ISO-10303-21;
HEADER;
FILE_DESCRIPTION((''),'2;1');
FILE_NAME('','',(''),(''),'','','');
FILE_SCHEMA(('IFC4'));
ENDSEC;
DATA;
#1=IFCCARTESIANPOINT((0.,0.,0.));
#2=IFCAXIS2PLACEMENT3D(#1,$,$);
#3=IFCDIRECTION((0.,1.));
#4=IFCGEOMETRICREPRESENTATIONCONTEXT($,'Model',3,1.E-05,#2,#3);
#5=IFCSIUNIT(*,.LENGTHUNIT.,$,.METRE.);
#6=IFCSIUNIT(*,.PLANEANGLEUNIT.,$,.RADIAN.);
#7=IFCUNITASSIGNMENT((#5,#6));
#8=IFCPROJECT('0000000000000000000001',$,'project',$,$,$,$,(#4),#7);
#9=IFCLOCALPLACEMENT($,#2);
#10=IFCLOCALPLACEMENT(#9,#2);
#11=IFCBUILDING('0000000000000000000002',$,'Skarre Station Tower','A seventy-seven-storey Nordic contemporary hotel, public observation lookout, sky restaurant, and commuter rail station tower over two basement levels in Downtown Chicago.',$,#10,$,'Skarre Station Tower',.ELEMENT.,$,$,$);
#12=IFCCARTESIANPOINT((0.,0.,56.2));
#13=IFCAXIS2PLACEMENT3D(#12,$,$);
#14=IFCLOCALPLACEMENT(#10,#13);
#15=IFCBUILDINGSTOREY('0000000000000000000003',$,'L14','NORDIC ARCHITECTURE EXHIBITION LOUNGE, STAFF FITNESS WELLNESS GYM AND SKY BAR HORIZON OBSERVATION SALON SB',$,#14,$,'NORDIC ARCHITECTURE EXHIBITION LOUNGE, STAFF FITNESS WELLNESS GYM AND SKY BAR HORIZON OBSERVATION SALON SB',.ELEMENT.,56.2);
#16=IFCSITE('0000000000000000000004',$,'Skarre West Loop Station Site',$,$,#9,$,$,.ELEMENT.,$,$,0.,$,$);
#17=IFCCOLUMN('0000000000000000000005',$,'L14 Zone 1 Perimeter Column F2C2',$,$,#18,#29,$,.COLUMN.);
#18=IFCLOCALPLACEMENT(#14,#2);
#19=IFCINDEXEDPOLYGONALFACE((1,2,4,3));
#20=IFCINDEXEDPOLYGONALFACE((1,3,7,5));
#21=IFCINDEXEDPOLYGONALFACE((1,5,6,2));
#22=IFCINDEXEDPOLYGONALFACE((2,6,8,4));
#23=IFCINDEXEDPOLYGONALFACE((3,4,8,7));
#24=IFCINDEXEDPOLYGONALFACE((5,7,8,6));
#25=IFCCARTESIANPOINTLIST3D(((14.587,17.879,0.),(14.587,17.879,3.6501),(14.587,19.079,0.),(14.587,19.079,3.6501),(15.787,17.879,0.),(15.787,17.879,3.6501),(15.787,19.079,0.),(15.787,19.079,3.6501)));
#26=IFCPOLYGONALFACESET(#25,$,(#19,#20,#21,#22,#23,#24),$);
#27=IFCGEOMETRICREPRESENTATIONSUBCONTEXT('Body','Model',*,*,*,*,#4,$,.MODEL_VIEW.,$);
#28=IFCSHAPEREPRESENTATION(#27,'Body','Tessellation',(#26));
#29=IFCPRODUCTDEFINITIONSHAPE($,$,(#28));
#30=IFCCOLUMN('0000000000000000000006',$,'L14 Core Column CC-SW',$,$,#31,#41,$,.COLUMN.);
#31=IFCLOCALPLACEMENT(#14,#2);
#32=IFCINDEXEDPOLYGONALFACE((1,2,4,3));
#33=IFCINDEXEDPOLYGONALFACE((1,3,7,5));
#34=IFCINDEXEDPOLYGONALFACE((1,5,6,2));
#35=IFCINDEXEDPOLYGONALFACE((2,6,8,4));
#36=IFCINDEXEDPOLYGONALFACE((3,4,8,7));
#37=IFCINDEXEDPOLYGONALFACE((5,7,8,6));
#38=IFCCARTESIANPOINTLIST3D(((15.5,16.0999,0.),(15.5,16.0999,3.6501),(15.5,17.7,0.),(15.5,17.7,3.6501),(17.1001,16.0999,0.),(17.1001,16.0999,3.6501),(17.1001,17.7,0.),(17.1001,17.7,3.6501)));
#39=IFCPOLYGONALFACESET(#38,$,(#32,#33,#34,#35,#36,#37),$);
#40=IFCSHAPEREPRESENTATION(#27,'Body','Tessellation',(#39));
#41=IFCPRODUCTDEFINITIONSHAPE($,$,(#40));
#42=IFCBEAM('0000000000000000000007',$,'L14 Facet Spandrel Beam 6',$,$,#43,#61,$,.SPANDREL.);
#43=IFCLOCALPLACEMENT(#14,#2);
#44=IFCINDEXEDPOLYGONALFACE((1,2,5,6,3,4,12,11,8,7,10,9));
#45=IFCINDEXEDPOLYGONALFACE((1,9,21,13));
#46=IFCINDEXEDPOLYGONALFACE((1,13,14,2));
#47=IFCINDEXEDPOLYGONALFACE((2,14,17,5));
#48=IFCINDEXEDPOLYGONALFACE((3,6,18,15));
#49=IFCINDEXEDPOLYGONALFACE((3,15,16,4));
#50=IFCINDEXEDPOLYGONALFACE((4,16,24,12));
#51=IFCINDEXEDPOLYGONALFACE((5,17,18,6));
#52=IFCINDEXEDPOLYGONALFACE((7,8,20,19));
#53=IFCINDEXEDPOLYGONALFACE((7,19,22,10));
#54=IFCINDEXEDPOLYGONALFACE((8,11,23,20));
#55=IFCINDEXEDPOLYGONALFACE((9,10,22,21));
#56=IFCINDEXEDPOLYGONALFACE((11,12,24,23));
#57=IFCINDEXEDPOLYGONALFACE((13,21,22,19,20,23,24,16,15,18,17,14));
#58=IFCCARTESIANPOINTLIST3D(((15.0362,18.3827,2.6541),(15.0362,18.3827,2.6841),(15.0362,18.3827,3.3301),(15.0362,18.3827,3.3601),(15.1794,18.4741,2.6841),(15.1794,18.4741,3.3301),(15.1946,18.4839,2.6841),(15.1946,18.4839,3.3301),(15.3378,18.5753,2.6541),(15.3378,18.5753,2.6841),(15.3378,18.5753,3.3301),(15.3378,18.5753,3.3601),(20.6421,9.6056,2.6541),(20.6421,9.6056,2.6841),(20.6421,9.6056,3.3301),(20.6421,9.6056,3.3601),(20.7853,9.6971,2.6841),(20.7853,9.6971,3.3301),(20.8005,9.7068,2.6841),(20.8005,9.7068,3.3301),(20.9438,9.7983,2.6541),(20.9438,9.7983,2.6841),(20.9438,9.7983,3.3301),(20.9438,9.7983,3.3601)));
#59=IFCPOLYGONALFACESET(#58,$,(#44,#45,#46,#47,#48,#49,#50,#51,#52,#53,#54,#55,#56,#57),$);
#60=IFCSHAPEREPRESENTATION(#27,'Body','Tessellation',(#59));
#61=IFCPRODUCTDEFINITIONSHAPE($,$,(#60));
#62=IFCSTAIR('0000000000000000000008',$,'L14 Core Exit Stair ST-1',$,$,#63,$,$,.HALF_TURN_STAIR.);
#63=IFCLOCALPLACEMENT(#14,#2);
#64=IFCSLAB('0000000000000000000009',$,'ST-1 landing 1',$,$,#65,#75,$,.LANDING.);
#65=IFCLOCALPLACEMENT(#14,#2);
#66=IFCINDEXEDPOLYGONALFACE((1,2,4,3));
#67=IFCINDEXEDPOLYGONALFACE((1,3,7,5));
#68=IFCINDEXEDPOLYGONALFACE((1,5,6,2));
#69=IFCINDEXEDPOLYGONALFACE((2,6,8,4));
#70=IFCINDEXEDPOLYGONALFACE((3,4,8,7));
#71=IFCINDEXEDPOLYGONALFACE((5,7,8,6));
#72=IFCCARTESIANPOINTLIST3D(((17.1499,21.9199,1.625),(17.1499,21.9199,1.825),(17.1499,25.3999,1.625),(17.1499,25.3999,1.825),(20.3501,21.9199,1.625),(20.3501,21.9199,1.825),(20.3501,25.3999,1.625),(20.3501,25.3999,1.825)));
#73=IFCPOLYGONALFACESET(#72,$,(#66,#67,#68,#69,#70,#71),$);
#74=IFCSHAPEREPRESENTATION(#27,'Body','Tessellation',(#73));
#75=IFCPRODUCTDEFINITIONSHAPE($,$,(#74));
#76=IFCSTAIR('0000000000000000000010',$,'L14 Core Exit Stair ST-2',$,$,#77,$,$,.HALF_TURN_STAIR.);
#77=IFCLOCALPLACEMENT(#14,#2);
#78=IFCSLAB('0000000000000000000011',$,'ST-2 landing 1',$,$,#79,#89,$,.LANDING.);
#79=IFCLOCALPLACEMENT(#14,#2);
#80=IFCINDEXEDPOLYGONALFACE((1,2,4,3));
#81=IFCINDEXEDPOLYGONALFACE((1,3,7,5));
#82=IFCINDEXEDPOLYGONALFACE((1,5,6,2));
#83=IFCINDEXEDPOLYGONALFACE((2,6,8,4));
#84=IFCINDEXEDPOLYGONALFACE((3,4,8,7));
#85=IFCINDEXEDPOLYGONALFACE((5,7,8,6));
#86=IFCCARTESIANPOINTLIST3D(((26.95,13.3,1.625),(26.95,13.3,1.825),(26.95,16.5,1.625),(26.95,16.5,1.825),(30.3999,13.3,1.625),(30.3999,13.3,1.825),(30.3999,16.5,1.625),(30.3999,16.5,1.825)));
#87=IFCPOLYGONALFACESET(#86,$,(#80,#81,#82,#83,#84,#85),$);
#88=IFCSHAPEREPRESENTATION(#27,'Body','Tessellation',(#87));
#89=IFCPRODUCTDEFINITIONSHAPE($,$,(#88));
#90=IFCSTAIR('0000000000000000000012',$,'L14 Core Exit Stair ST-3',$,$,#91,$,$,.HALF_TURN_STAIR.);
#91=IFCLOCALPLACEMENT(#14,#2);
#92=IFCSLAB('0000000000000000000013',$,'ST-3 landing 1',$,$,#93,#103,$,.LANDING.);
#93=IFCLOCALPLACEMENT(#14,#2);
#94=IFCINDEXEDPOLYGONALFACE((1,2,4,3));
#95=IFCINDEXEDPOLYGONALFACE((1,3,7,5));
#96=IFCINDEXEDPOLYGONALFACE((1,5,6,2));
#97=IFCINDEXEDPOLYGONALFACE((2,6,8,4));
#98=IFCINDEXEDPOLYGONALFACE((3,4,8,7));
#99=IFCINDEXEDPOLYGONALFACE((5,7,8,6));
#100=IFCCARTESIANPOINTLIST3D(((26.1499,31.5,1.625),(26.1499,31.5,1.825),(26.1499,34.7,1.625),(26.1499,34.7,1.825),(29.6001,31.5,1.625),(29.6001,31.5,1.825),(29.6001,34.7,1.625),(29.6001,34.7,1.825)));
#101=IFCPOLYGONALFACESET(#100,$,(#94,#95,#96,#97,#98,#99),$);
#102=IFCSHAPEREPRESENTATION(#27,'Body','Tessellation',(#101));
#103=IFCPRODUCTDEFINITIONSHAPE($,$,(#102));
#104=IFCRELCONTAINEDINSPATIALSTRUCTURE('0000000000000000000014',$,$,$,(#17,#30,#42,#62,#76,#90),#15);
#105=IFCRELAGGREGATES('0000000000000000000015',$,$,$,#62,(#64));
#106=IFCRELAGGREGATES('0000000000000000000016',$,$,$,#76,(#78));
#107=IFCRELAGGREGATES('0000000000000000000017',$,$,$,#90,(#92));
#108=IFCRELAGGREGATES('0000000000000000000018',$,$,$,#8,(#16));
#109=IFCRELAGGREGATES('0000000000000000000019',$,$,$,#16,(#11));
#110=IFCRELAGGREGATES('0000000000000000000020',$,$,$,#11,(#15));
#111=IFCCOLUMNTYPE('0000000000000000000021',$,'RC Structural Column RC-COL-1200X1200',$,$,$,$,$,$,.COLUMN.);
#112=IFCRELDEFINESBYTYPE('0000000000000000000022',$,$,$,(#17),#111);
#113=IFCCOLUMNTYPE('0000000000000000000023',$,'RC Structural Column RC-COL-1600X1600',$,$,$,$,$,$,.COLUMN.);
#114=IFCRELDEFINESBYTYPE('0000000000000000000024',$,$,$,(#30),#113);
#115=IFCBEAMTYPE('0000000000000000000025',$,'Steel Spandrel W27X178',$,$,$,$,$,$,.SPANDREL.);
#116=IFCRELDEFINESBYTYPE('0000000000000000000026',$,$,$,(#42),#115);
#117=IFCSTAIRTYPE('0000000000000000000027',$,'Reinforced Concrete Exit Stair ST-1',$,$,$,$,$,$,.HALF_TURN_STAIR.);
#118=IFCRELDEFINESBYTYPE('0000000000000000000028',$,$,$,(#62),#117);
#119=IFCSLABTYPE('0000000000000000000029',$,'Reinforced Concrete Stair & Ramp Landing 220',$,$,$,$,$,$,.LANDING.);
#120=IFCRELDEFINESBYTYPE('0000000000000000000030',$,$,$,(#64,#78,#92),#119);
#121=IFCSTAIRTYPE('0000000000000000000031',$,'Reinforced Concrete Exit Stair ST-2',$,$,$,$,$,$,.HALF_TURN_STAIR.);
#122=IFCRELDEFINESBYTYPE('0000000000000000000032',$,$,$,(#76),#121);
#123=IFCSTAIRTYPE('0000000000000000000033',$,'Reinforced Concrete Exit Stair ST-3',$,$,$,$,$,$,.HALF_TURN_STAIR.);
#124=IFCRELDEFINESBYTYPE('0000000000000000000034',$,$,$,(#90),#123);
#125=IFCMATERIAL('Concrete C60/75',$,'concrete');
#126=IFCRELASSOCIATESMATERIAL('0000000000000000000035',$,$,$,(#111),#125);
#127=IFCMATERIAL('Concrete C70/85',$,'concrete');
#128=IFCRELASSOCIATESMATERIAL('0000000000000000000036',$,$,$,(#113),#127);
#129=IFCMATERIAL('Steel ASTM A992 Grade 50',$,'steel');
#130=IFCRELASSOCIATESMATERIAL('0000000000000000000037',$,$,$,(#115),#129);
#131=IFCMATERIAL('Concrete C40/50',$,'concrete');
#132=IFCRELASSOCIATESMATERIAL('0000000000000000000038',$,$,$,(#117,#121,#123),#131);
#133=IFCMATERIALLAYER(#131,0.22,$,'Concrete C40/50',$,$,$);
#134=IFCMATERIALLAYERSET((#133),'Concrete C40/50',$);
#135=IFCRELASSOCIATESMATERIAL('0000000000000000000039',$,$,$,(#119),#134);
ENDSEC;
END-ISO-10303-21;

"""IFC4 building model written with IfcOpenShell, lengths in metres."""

from ifc_helpers import new_model, si_unit, direction, frame, origin, origin_2d, place, context, subcontext, project, spatial, polyline, rectangle, i_section, outline, extrude, material, layer, layer_set, material_profile, profile_set, type_object, element, aggregate, save


model = new_model("IFC4")

# Units and contexts
model_context = context("Model", 3, precision=1e-05, world=origin(), true_north=direction((0.0, 1.0)))
body_context = subcontext(model_context, "Body", "Model", "MODEL_VIEW")
ifc_project = project(units=[si_unit("LENGTHUNIT", "METRE"), si_unit("PLANEANGLEUNIT", "RADIAN")], contexts=[model_context])

# Site, building, storey
site_placement = place(None, origin())
site = spatial("IfcSite", under=ifc_project, at=site_placement, Name="Skarre West Loop Station Site", CompositionType="ELEMENT", RefElevation=0.0)
building_placement = place(site_placement, origin())
building = spatial("IfcBuilding", under=site, at=building_placement, Name="Skarre Station Tower", Description="A seventy-seven-storey Nordic contemporary hotel, public observation lookout, sky restaurant, and commuter rail station tower over two basement levels in Downtown Chicago.", LongName="Skarre Station Tower", CompositionType="ELEMENT")
storey_placement = place(building_placement, frame((0.0, 0.0, 56.2)))
storey = spatial("IfcBuildingStorey", under=building, at=storey_placement, Name="L14", Description="NORDIC ARCHITECTURE EXHIBITION LOUNGE, STAFF FITNESS WELLNESS GYM AND SKY BAR HORIZON OBSERVATION SALON SB", LongName="NORDIC ARCHITECTURE EXHIBITION LOUNGE, STAFF FITNESS WELLNESS GYM AND SKY BAR HORIZON OBSERVATION SALON SB", CompositionType="ELEMENT", Elevation=56.2)

# Columns
ifc_material_1 = material(Name="Concrete C60/75", Category="concrete")
ifc_material_profile_1 = material_profile(ifc_material_1, rectangle(XDim=1.2, YDim=1.2, at=origin_2d()), Name="Concrete C60/75")
ifc_profile_set_1 = profile_set([ifc_material_profile_1], Name="Concrete C60/75")
column_type_1 = type_object("IfcColumnType", Name="RC Structural Column RC-COL-1200X1200", PredefinedType="COLUMN", material=ifc_profile_set_1)
column_1_placement = place(storey_placement, frame((15.187, 18.479, 0.0), z_axis=(0.0, 0.0, 1.0), x_axis=(1.0, 0.0, 0.0)))
element("IfcColumn", 1, at=column_1_placement, inside=storey, type_object=column_type_1, Name="L14 Zone 1 Perimeter Column F2C2", PredefinedType="COLUMN", context=body_context, shape_type="SweptSolid", body=[
    extrude(rectangle(XDim=1.2, YDim=1.2, at=origin_2d()), origin(), (0.0, 0.0, 1.0), 3.6501),
])
ifc_material_2 = material(Name="Concrete C70/85", Category="concrete")
ifc_material_profile_2 = material_profile(ifc_material_2, rectangle(XDim=1.6001, YDim=1.6001, at=origin_2d()), Name="Concrete C70/85")
ifc_profile_set_2 = profile_set([ifc_material_profile_2], Name="Concrete C70/85")
column_type_2 = type_object("IfcColumnType", Name="RC Structural Column RC-COL-1600X1600", PredefinedType="COLUMN", material=ifc_profile_set_2)
column_2_placement = place(storey_placement, frame((16.3, 16.8999, 0.0), z_axis=(0.0, 0.0, 1.0), x_axis=(1.0, 0.0, 0.0)))
element("IfcColumn", 2, at=column_2_placement, inside=storey, type_object=column_type_2, Name="L14 Core Column CC-SW", PredefinedType="COLUMN", context=body_context, shape_type="SweptSolid", body=[
    extrude(rectangle(XDim=1.6001, YDim=1.6001, at=origin_2d()), origin(), (0.0, 0.0, 1.0), 3.6501),
])

# Beam
ifc_material_3 = material(Name="Steel ASTM A992 Grade 50", Category="steel")
ifc_material_profile_3 = material_profile(ifc_material_3, i_section(OverallWidth=0.3579, OverallDepth=0.7061, WebThickness=0.0181, FlangeThickness=0.03, at=origin_2d()), Name="Steel ASTM A992 Grade 50")
ifc_profile_set_3 = profile_set([ifc_material_profile_3], Name="Steel ASTM A992 Grade 50")
beam_type = type_object("IfcBeamType", Name="Steel Spandrel W27X178", PredefinedType="SPANDREL", material=ifc_profile_set_3)
beam_placement = place(storey_placement, frame((15.187, 18.479, 3.0071), z_axis=(0.538278, -0.842767, 0.0), x_axis=(0.842767, 0.538278, 0.0)))
element("IfcBeam", 3, at=beam_placement, inside=storey, type_object=beam_type, Name="L14 Facet Spandrel Beam 6", PredefinedType="SPANDREL", context=body_context, shape_type="SweptSolid", body=[
    extrude(i_section(OverallWidth=0.3579, OverallDepth=0.7061, WebThickness=0.0181, FlangeThickness=0.03, at=origin_2d()), origin(), (0.0, 0.0, 1.0), 10.4146),
])

# Stairs, slabs
ifc_material_4 = material(Name="Concrete C40/50", Category="concrete")
stair_type_1 = type_object("IfcStairType", Name="Reinforced Concrete Exit Stair ST-1", PredefinedType="HALF_TURN_STAIR", material=ifc_material_4)
stair_1_placement = place(storey_placement, origin())
stair_1 = element("IfcStair", 4, at=stair_1_placement, inside=storey, type_object=stair_type_1, Name="L14 Core Exit Stair ST-1", PredefinedType="HALF_TURN_STAIR")
ifc_layer_1 = layer(ifc_material_4, 0.22, Name="Concrete C40/50")
ifc_layer_set_1 = layer_set([ifc_layer_1], Name="Concrete C40/50")
slab_type_1 = type_object("IfcSlabType", Name="Reinforced Concrete Stair & Ramp Landing 220", PredefinedType="LANDING", material=ifc_layer_set_1)
slab_1_placement = place(storey_placement, frame((0.0, 0.0, 1.625)))
slab_1 = element("IfcSlab", 5, at=slab_1_placement, type_object=slab_type_1, Name="ST-1 landing 1", PredefinedType="LANDING", context=body_context, shape_type="SweptSolid", body=[
    extrude(outline(polyline([(20.3501, 21.9199), (20.3501, 25.3999), (17.1499, 25.3999), (17.1499, 21.9199), (20.3501, 21.9199)])), origin(), (0.0, 0.0, 1.0), 0.2),
])
aggregate(stair_1, [slab_1])
stair_type_2 = type_object("IfcStairType", Name="Reinforced Concrete Exit Stair ST-2", PredefinedType="HALF_TURN_STAIR", material=ifc_material_4)
stair_2_placement = place(storey_placement, origin())
stair_2 = element("IfcStair", 6, at=stair_2_placement, inside=storey, type_object=stair_type_2, Name="L14 Core Exit Stair ST-2", PredefinedType="HALF_TURN_STAIR")
slab_2_placement = place(storey_placement, frame((0.0, 0.0, 1.625)))
slab_2 = element("IfcSlab", 7, at=slab_2_placement, type_object=slab_type_1, Name="ST-2 landing 1", PredefinedType="LANDING", context=body_context, shape_type="SweptSolid", body=[
    extrude(outline(polyline([(26.95, 13.3), (30.3999, 13.3), (30.3999, 16.5), (26.95, 16.5), (26.95, 13.3)])), origin(), (0.0, 0.0, 1.0), 0.2),
])
aggregate(stair_2, [slab_2])
stair_type_3 = type_object("IfcStairType", Name="Reinforced Concrete Exit Stair ST-3", PredefinedType="HALF_TURN_STAIR", material=ifc_material_4)
stair_3_placement = place(storey_placement, origin())
stair_3 = element("IfcStair", 8, at=stair_3_placement, inside=storey, type_object=stair_type_3, Name="L14 Core Exit Stair ST-3", PredefinedType="HALF_TURN_STAIR")
slab_3_placement = place(storey_placement, frame((0.0, 0.0, 1.625)))
slab_3 = element("IfcSlab", 9, at=slab_3_placement, type_object=slab_type_1, Name="ST-3 landing 1", PredefinedType="LANDING", context=body_context, shape_type="SweptSolid", body=[
    extrude(outline(polyline([(26.1499, 31.5), (29.6001, 31.5), (29.6001, 34.7), (26.1499, 34.7), (26.1499, 31.5)])), origin(), (0.0, 0.0, 1.0), 0.2),
])
aggregate(stair_3, [slab_3])

save(model, "model.ifc")
